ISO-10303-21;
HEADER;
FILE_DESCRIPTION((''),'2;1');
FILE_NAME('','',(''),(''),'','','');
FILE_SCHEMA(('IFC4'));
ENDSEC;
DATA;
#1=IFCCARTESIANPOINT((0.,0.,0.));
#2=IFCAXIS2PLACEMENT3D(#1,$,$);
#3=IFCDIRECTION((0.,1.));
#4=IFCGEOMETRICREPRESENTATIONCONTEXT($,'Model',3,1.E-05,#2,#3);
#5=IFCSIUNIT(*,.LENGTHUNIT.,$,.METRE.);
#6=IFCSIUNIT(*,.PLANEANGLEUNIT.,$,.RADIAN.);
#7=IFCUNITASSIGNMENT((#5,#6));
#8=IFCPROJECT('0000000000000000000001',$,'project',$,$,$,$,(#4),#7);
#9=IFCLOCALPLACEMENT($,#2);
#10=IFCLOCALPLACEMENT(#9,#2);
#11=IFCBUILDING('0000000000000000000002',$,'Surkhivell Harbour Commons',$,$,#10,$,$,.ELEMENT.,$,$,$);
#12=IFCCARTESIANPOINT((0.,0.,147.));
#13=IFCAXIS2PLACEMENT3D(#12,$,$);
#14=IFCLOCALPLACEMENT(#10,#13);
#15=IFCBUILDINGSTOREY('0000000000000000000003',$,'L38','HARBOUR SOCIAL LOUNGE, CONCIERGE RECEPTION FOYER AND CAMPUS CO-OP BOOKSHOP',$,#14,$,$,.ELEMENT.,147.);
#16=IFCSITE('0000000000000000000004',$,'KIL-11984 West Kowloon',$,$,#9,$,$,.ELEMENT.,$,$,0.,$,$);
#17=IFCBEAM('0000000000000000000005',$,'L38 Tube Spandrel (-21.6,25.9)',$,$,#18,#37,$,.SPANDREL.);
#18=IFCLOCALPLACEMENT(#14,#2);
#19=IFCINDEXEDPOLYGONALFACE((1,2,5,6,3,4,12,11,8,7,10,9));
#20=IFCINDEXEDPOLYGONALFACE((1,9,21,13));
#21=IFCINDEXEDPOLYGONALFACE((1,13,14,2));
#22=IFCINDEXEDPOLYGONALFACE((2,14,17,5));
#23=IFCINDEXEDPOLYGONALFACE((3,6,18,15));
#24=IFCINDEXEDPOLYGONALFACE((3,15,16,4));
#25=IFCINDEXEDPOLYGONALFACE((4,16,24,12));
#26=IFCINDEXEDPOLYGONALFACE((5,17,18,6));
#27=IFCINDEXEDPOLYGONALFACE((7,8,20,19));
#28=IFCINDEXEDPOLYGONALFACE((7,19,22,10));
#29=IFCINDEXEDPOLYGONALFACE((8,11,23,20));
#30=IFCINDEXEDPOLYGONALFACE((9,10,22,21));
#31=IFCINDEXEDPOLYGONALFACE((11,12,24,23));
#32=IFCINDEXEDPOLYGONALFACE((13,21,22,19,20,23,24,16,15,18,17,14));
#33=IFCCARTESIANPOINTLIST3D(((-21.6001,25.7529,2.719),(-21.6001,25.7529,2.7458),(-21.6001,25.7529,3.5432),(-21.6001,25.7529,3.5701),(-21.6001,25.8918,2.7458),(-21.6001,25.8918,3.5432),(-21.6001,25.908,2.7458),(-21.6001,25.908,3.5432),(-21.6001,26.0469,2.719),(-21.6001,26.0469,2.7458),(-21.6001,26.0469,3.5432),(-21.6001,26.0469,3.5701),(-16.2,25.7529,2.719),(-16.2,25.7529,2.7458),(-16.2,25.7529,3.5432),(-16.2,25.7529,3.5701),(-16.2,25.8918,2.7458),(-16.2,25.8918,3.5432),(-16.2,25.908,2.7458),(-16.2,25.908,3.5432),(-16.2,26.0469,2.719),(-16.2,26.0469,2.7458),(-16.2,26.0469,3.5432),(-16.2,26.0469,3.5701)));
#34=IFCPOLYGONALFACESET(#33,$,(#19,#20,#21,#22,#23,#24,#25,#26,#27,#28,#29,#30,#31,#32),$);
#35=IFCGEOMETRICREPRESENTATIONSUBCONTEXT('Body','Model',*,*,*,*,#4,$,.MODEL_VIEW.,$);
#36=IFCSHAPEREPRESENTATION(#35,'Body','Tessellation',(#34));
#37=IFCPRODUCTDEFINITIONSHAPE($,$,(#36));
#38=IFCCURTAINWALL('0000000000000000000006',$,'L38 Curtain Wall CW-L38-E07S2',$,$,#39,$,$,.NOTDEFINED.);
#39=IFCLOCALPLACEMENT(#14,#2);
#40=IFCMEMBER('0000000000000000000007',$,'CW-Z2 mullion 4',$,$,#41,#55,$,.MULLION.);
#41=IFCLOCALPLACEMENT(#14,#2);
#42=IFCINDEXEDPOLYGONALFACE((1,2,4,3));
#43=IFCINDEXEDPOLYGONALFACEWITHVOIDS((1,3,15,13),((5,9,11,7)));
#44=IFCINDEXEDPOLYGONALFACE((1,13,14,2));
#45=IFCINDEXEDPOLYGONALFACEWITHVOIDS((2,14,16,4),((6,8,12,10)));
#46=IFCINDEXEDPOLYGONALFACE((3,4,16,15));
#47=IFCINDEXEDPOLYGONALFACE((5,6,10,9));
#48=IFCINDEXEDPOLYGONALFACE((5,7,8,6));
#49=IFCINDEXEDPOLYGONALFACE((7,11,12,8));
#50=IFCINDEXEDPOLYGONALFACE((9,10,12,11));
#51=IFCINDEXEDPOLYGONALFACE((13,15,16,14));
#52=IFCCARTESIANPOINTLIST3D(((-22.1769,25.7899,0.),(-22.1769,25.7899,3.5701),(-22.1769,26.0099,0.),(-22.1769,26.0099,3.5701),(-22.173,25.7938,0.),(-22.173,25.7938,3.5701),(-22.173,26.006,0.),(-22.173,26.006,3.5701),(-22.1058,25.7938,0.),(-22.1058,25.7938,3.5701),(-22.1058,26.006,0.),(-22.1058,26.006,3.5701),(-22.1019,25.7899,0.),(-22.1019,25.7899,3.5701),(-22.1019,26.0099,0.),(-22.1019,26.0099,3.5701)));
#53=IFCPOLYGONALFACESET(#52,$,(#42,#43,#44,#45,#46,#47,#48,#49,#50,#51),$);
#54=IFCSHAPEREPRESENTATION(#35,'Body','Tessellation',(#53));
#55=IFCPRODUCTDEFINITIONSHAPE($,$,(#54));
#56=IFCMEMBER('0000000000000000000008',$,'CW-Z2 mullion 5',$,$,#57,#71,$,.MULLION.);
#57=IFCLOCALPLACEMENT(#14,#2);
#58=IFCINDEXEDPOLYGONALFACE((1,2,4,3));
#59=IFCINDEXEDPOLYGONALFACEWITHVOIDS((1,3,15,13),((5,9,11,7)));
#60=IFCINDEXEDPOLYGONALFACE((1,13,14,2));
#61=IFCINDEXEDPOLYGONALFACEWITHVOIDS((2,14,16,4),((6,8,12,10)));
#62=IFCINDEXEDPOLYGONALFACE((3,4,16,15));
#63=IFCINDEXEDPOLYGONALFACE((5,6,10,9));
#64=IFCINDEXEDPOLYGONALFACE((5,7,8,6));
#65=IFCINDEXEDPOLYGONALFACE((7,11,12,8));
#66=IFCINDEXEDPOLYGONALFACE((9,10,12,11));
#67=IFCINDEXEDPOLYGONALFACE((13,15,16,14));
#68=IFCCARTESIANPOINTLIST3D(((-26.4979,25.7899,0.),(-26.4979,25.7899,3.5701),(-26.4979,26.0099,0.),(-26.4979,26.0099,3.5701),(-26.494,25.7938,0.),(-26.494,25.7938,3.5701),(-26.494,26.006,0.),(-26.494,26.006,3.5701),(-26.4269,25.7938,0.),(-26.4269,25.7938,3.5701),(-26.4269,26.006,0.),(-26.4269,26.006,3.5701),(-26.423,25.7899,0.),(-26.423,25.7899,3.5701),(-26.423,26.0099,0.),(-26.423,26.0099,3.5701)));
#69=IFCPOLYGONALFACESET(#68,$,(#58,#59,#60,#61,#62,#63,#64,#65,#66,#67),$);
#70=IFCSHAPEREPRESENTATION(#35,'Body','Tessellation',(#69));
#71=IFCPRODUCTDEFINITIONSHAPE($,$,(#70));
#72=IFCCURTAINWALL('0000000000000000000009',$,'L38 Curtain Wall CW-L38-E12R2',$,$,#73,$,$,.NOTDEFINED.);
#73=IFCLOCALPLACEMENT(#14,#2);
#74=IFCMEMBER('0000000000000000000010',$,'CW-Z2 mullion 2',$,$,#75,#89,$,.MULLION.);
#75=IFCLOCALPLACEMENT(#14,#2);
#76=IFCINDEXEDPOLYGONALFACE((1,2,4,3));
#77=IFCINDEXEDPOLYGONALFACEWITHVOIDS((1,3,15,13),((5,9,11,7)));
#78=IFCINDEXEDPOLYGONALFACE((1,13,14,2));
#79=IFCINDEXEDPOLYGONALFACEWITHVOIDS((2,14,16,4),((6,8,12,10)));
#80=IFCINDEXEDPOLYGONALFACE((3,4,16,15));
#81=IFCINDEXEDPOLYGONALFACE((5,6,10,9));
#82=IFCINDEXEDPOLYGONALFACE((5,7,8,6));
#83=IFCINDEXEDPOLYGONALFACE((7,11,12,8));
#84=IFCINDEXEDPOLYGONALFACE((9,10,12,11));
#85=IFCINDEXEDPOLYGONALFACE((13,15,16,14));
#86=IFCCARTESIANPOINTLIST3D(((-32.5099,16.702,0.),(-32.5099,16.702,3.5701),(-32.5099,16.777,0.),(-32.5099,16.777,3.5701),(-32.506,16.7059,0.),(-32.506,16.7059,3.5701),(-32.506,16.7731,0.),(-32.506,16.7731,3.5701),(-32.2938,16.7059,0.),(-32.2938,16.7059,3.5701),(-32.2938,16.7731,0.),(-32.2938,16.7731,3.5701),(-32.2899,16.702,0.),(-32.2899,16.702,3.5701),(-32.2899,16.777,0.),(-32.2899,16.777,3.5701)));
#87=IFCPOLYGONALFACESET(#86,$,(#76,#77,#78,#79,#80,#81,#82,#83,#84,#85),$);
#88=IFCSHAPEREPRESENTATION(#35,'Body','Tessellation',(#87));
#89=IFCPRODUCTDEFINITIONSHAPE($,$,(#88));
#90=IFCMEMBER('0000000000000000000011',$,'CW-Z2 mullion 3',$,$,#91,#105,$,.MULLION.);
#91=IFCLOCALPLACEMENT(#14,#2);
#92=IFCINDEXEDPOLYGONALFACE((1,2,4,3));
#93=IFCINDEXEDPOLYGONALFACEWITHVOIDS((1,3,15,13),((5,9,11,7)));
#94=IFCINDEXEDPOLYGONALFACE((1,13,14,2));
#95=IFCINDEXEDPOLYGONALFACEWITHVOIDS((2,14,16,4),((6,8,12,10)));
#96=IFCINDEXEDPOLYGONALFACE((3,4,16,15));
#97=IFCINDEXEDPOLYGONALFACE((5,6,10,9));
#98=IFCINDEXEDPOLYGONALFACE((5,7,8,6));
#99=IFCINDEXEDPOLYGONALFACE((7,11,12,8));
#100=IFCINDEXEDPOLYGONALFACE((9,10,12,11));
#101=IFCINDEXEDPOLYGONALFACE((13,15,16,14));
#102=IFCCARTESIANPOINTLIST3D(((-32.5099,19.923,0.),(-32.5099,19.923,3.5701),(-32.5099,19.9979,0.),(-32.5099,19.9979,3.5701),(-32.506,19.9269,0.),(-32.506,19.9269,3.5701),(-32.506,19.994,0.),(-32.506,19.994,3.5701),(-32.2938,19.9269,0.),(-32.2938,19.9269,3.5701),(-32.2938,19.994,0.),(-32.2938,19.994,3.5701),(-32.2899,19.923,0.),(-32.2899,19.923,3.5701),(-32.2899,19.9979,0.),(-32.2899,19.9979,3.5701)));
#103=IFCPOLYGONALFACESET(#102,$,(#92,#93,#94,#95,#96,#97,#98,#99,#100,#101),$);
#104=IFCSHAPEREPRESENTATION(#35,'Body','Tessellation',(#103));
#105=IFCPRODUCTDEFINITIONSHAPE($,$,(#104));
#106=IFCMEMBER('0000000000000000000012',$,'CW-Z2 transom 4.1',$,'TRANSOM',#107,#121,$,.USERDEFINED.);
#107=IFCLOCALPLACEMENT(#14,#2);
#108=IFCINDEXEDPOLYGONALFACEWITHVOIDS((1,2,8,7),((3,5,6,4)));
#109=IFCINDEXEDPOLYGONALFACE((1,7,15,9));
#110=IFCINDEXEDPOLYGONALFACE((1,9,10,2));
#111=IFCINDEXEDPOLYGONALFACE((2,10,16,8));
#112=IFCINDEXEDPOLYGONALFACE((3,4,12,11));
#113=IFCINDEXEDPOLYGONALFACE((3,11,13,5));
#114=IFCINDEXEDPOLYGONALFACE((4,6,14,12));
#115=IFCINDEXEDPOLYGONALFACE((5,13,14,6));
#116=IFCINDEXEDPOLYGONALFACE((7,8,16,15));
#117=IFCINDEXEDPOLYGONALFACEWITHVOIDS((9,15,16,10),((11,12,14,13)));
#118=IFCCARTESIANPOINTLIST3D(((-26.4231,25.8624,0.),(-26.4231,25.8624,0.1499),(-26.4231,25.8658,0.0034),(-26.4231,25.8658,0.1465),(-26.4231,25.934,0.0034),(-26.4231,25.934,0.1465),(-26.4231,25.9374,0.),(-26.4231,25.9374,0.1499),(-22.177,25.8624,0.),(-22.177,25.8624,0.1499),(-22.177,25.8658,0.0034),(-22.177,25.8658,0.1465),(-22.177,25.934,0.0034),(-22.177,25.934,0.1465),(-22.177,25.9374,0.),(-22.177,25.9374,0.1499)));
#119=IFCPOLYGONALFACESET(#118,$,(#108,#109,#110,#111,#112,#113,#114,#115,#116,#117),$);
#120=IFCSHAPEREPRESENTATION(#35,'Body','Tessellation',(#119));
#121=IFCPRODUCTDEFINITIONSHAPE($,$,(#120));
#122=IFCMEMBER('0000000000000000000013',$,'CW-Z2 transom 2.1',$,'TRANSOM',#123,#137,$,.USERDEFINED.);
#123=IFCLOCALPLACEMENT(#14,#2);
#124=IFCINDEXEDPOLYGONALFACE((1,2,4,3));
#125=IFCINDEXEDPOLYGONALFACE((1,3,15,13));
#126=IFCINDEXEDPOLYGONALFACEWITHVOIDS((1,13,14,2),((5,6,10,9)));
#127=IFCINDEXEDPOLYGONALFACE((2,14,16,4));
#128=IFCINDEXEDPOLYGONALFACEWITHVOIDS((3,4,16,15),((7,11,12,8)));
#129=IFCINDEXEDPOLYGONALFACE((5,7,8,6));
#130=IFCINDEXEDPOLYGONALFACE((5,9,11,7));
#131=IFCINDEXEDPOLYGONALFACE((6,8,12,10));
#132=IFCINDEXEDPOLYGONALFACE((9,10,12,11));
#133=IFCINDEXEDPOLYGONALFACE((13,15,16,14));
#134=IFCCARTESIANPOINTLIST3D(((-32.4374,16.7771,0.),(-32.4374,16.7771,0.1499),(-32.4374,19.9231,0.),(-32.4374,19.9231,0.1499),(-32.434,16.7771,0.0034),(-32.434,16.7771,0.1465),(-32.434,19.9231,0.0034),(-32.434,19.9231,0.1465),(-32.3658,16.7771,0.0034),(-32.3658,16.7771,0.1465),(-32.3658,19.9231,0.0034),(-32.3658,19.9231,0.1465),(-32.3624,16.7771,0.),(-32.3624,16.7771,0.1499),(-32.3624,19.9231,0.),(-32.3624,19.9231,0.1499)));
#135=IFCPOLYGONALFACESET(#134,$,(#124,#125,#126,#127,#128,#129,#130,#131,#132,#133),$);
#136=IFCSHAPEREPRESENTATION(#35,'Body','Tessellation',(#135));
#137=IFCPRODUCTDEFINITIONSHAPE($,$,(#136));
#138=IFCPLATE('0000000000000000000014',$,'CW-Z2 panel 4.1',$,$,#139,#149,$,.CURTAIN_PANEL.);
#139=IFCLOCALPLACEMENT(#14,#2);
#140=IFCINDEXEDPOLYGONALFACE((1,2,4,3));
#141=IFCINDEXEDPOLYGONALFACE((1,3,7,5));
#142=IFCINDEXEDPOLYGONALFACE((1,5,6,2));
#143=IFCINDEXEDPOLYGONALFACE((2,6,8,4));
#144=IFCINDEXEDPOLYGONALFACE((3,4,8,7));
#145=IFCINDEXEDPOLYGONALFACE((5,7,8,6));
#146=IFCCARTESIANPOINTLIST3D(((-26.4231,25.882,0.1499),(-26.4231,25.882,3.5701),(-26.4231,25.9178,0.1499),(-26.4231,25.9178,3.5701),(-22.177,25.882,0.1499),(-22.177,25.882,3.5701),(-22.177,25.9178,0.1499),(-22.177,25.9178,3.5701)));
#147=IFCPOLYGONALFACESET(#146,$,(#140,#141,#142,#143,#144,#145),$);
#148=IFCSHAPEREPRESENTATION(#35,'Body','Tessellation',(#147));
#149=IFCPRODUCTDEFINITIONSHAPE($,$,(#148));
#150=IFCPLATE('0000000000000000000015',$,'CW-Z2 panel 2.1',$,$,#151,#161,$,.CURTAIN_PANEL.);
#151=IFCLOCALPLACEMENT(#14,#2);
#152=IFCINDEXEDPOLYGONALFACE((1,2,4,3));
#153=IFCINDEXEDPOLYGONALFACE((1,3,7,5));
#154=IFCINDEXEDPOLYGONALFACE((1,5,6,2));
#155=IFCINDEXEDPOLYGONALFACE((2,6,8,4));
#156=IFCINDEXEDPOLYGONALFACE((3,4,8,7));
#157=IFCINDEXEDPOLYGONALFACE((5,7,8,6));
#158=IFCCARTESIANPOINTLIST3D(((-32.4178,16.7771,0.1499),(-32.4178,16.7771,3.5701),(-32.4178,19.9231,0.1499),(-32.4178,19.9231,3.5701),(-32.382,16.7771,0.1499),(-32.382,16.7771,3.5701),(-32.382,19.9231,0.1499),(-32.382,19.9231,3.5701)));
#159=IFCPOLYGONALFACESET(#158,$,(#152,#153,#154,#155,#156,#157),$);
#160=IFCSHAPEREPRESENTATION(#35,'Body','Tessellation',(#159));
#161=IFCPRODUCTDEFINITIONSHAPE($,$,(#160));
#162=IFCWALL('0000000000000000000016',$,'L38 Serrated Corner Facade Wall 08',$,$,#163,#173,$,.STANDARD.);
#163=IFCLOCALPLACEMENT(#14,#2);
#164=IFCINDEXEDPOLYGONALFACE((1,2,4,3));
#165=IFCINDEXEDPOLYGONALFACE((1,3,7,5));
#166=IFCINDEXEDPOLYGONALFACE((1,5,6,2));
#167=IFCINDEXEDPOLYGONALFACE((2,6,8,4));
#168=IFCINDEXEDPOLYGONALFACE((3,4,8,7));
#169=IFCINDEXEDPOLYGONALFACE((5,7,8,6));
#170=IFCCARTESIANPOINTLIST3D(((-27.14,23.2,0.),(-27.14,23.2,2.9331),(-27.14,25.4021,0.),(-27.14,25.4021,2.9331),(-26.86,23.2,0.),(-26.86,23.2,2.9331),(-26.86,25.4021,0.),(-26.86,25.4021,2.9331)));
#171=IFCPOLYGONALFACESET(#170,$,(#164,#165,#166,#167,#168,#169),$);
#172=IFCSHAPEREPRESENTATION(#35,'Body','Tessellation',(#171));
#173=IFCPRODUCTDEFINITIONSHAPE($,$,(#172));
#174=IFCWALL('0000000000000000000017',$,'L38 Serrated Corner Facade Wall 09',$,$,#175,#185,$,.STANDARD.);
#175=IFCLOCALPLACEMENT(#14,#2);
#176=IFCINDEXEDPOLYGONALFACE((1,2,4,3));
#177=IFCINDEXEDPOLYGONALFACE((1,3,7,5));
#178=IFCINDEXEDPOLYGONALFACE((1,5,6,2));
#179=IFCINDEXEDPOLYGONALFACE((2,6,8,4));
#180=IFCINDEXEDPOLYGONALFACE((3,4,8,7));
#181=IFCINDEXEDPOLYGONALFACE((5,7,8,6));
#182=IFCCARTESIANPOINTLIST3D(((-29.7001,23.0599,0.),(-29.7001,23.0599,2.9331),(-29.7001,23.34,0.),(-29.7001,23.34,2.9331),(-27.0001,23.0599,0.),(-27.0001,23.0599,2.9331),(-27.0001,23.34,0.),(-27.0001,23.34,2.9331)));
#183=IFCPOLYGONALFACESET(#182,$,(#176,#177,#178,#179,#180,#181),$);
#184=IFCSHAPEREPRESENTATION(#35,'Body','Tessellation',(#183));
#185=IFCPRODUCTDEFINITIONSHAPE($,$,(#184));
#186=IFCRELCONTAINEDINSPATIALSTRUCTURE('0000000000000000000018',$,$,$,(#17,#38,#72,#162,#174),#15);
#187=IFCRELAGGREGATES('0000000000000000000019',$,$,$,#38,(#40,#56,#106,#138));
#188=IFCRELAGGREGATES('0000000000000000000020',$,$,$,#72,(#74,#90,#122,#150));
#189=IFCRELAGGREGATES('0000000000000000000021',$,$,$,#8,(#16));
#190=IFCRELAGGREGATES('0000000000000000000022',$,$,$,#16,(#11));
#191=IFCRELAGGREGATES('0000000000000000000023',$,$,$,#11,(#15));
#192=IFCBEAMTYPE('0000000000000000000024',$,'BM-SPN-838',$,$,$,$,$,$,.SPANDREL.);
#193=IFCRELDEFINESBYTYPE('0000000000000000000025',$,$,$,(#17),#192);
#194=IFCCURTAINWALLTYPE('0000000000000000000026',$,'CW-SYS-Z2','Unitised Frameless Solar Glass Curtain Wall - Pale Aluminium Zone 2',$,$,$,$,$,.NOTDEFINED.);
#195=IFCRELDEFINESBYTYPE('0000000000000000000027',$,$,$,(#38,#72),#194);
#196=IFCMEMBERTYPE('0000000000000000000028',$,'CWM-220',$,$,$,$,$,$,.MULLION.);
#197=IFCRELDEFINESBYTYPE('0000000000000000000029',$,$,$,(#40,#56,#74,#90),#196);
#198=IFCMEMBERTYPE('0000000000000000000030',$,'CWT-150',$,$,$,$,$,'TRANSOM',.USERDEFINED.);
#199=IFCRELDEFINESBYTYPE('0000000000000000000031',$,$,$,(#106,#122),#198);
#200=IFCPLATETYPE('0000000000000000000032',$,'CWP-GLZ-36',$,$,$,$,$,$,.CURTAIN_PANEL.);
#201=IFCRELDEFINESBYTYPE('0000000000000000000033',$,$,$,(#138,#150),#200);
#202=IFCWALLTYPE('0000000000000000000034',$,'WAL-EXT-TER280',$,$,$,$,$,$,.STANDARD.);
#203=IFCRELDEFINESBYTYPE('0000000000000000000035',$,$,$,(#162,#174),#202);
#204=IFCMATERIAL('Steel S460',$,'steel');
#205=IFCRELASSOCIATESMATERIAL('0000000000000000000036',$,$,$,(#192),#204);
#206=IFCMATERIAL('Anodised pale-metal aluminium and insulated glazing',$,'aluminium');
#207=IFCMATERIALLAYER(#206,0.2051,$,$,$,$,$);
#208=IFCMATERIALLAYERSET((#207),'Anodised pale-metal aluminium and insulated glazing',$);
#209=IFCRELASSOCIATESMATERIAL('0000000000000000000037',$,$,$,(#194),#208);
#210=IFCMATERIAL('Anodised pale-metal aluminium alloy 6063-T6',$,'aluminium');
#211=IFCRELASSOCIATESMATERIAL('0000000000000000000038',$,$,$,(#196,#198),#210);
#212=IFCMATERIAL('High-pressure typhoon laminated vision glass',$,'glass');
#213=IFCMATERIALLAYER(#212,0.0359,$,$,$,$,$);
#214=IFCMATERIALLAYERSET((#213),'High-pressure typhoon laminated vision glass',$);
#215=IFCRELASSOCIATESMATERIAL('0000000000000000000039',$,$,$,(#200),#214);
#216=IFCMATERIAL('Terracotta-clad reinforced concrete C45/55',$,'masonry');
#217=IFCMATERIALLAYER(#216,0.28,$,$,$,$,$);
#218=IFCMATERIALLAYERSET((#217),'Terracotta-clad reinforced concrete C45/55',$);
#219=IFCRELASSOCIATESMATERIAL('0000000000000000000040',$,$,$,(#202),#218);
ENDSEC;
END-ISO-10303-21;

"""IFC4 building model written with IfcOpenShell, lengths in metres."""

from ifc_helpers import new_model, si_unit, direction, frame, frame_2d, origin, origin_2d, place, context, subcontext, project, spatial, rectangle, hollow_rectangle, i_section, extrude, material, layer, layer_set, material_profile, profile_set, type_object, element, aggregate, save


model = new_model("IFC4")

# Units and contexts
model_context = context("Model", 3, precision=1e-05, world=origin(), true_north=direction((0.0, 1.0)))
body_context = subcontext(model_context, "Body", "Model", "MODEL_VIEW")
ifc_project = project(units=[si_unit("LENGTHUNIT", "METRE"), si_unit("PLANEANGLEUNIT", "RADIAN")], contexts=[model_context])

# Site, building, storey
site_placement = place(None, origin())
site = spatial("IfcSite", under=ifc_project, at=site_placement, Name="KIL-11984 West Kowloon", CompositionType="ELEMENT", RefElevation=0.0)
building_placement = place(site_placement, origin())
building = spatial("IfcBuilding", under=site, at=building_placement, Name="Surkhivell Harbour Commons", CompositionType="ELEMENT")
storey_placement = place(building_placement, frame((0.0, 0.0, 147.0)))
storey = spatial("IfcBuildingStorey", under=building, at=storey_placement, Name="L38", Description="HARBOUR SOCIAL LOUNGE, CONCIERGE RECEPTION FOYER AND CAMPUS CO-OP BOOKSHOP", CompositionType="ELEMENT", Elevation=147.0)

# Beam
ifc_material_1 = material(Name="Steel S460", Category="steel")
ifc_material_profile_1 = material_profile(ifc_material_1, i_section(OverallWidth=0.2939, OverallDepth=0.8511, WebThickness=0.0161, FlangeThickness=0.0269, at=origin_2d()), Name="UB838x292x226")
ifc_profile_set_1 = profile_set([ifc_material_profile_1], Name="Steel S460")
beam_type_1 = type_object("IfcBeamType", Name="BM-SPN-838", PredefinedType="SPANDREL", material=ifc_profile_set_1)
beam_1_placement = place(storey_placement, frame((-21.6001, 25.8999, 3.1445), z_axis=(1.0, 0.0, 0.0), x_axis=(0.0, 1.0, 0.0)))
element("IfcBeam", 1, at=beam_1_placement, inside=storey, type_object=beam_type_1, Name="L38 Tube Spandrel (-21.6,25.9)", PredefinedType="SPANDREL", context=body_context, shape_type="SweptSolid", body=[
    extrude(i_section(OverallWidth=0.2939, OverallDepth=0.8511, WebThickness=0.0161, FlangeThickness=0.0269, at=origin_2d()), origin(), (0.0, 0.0, 1.0), 5.4001),
])

# Curtain walls, members
ifc_material_2 = material(Name="Anodised pale-metal aluminium and insulated glazing", Category="aluminium")
ifc_layer_1 = layer(ifc_material_2, 0.2051)
ifc_layer_set_1 = layer_set([ifc_layer_1], Name="Anodised pale-metal aluminium and insulated glazing")
curtain_wall_type = type_object("IfcCurtainWallType", Name="CW-SYS-Z2", Description="Unitised Frameless Solar Glass Curtain Wall - Pale Aluminium Zone 2", PredefinedType="NOTDEFINED", material=ifc_layer_set_1)
curtain_wall_1_placement = place(storey_placement, origin())
curtain_wall_1 = element("IfcCurtainWall", 2, at=curtain_wall_1_placement, inside=storey, type_object=curtain_wall_type, Name="L38 Curtain Wall CW-L38-E07S2", PredefinedType="NOTDEFINED")
ifc_material_3 = material(Name="Anodised pale-metal aluminium alloy 6063-T6", Category="aluminium")
ifc_material_profile_2 = material_profile(ifc_material_3, hollow_rectangle(XDim=0.075, YDim=0.22, WallThickness=0.0039, at=origin_2d()), Name="ALU-MULL-75x220")
ifc_profile_set_2 = profile_set([ifc_material_profile_2], Name="Anodised pale-metal aluminium alloy 6063-T6")
member_type_1 = type_object("IfcMemberType", Name="CWM-220", PredefinedType="MULLION", material=ifc_profile_set_2)
member_1_placement = place(storey_placement, frame((-22.1394, 25.8999, 0.0), z_axis=(0.0, 0.0, 1.0), x_axis=(-1.0, 0.0, 0.0)))
member_1 = element("IfcMember", 3, at=member_1_placement, type_object=member_type_1, Name="CW-Z2 mullion 4", PredefinedType="MULLION", context=body_context, shape_type="SweptSolid", body=[
    extrude(hollow_rectangle(XDim=0.075, YDim=0.22, WallThickness=0.0039, at=origin_2d()), origin(), (0.0, 0.0, 1.0), 3.5701),
])
member_2_placement = place(storey_placement, frame((-26.4604, 25.8999, 0.0), z_axis=(0.0, 0.0, 1.0), x_axis=(-1.0, 0.0, 0.0)))
member_2 = element("IfcMember", 4, at=member_2_placement, type_object=member_type_1, Name="CW-Z2 mullion 5", PredefinedType="MULLION", context=body_context, shape_type="SweptSolid", body=[
    extrude(hollow_rectangle(XDim=0.075, YDim=0.22, WallThickness=0.0039, at=origin_2d()), origin(), (0.0, 0.0, 1.0), 3.5701),
])
curtain_wall_2_placement = place(storey_placement, origin())
curtain_wall_2 = element("IfcCurtainWall", 5, at=curtain_wall_2_placement, inside=storey, type_object=curtain_wall_type, Name="L38 Curtain Wall CW-L38-E12R2", PredefinedType="NOTDEFINED")
member_3_placement = place(storey_placement, frame((-32.3999, 16.7395, 0.0), z_axis=(0.0, 0.0, 1.0), x_axis=(0.0, 1.0, 0.0)))
member_3 = element("IfcMember", 6, at=member_3_placement, type_object=member_type_1, Name="CW-Z2 mullion 2", PredefinedType="MULLION", context=body_context, shape_type="SweptSolid", body=[
    extrude(hollow_rectangle(XDim=0.075, YDim=0.22, WallThickness=0.0039, at=origin_2d()), origin(), (0.0, 0.0, 1.0), 3.5701),
])
member_4_placement = place(storey_placement, frame((-32.3999, 19.9604, 0.0), z_axis=(0.0, 0.0, 1.0), x_axis=(0.0, 1.0, 0.0)))
member_4 = element("IfcMember", 7, at=member_4_placement, type_object=member_type_1, Name="CW-Z2 mullion 3", PredefinedType="MULLION", context=body_context, shape_type="SweptSolid", body=[
    extrude(hollow_rectangle(XDim=0.075, YDim=0.22, WallThickness=0.0039, at=origin_2d()), origin(), (0.0, 0.0, 1.0), 3.5701),
])

# Members
ifc_material_profile_3 = material_profile(ifc_material_3, hollow_rectangle(XDim=0.075, YDim=0.1499, WallThickness=0.0034, at=origin_2d()), Name="ALU-TRAN-75x150")
ifc_profile_set_3 = profile_set([ifc_material_profile_3], Name="Anodised pale-metal aluminium alloy 6063-T6")
member_type_2 = type_object("IfcMemberType", Name="CWT-150", ElementType="TRANSOM", PredefinedType="USERDEFINED", material=ifc_profile_set_3)
member_5_placement = place(storey_placement, frame((-22.177, 25.8999, 0.075), z_axis=(-1.0, 0.0, 0.0), x_axis=(0.0, -1.0, 0.0)))
member_5 = element("IfcMember", 8, at=member_5_placement, type_object=member_type_2, Name="CW-Z2 transom 4.1", ObjectType="TRANSOM", PredefinedType="USERDEFINED", context=body_context, shape_type="SweptSolid", body=[
    extrude(hollow_rectangle(XDim=0.075, YDim=0.1499, WallThickness=0.0034, at=origin_2d()), origin(), (0.0, 0.0, 1.0), 4.2461),
])
member_6_placement = place(storey_placement, frame((-32.3999, 16.7771, 0.075), z_axis=(0.0, 1.0, 0.0), x_axis=(-1.0, 0.0, 0.0)))
member_6 = element("IfcMember", 9, at=member_6_placement, type_object=member_type_2, Name="CW-Z2 transom 2.1", ObjectType="TRANSOM", PredefinedType="USERDEFINED", context=body_context, shape_type="SweptSolid", body=[
    extrude(hollow_rectangle(XDim=0.075, YDim=0.1499, WallThickness=0.0034, at=origin_2d()), origin(), (0.0, 0.0, 1.0), 3.146),
])

# Plates
ifc_material_4 = material(Name="High-pressure typhoon laminated vision glass", Category="glass")
ifc_layer_2 = layer(ifc_material_4, 0.0359)
ifc_layer_set_2 = layer_set([ifc_layer_2], Name="High-pressure typhoon laminated vision glass")
plate_type = type_object("IfcPlateType", Name="CWP-GLZ-36", PredefinedType="CURTAIN_PANEL", material=ifc_layer_set_2)
plate_1_placement = place(storey_placement, frame((-22.177, 25.8999, 0.1499), z_axis=(0.0, 0.0, 1.0), x_axis=(-1.0, 0.0, 0.0)))
plate_1 = element("IfcPlate", 10, at=plate_1_placement, type_object=plate_type, Name="CW-Z2 panel 4.1", PredefinedType="CURTAIN_PANEL", context=body_context, shape_type="SweptSolid", body=[
    extrude(rectangle(XDim=4.2461, YDim=0.0359, at=frame_2d((2.123, 0.0))), origin(), (0.0, 0.0, 1.0), 3.4202),
])
aggregate(curtain_wall_1, [member_1, member_2, member_5, plate_1])
plate_2_placement = place(storey_placement, frame((-32.3999, 16.7771, 0.1499), z_axis=(0.0, 0.0, 1.0), x_axis=(0.0, 1.0, 0.0)))
plate_2 = element("IfcPlate", 11, at=plate_2_placement, type_object=plate_type, Name="CW-Z2 panel 2.1", PredefinedType="CURTAIN_PANEL", context=body_context, shape_type="SweptSolid", body=[
    extrude(rectangle(XDim=3.146, YDim=0.0359, at=frame_2d((1.573, 0.0))), origin(), (0.0, 0.0, 1.0), 3.4202),
])
aggregate(curtain_wall_2, [member_3, member_4, member_6, plate_2])

# Walls
ifc_material_5 = material(Name="Terracotta-clad reinforced concrete C45/55", Category="masonry")
ifc_layer_3 = layer(ifc_material_5, 0.28)
ifc_layer_set_3 = layer_set([ifc_layer_3], Name="Terracotta-clad reinforced concrete C45/55")
wall_type = type_object("IfcWallType", Name="WAL-EXT-TER280", PredefinedType="STANDARD", material=ifc_layer_set_3)
wall_1_placement = place(storey_placement, frame((-27.0, 25.4021, 0.0), z_axis=(0.0, 0.0, 1.0), x_axis=(0.0, -1.0, 0.0)))
element("IfcWall", 12, at=wall_1_placement, inside=storey, type_object=wall_type, Name="L38 Serrated Corner Facade Wall 08", PredefinedType="STANDARD", context=body_context, shape_type="SweptSolid", body=[
    extrude(rectangle(XDim=2.2021, YDim=0.28, at=frame_2d((1.1011, 0.0))), origin(), (0.0, 0.0, 1.0), 2.9331),
])
wall_2_placement = place(storey_placement, frame((-27.0, 23.2, 0.0), z_axis=(0.0, 0.0, 1.0), x_axis=(-1.0, 0.0, 0.0)))
element("IfcWall", 13, at=wall_2_placement, inside=storey, type_object=wall_type, Name="L38 Serrated Corner Facade Wall 09", PredefinedType="STANDARD", context=body_context, shape_type="SweptSolid", body=[
    extrude(rectangle(XDim=2.7, YDim=0.28, at=frame_2d((1.3501, 0.0))), origin(), (0.0, 0.0, 1.0), 2.9331),
])

save(model, "model.ifc")
